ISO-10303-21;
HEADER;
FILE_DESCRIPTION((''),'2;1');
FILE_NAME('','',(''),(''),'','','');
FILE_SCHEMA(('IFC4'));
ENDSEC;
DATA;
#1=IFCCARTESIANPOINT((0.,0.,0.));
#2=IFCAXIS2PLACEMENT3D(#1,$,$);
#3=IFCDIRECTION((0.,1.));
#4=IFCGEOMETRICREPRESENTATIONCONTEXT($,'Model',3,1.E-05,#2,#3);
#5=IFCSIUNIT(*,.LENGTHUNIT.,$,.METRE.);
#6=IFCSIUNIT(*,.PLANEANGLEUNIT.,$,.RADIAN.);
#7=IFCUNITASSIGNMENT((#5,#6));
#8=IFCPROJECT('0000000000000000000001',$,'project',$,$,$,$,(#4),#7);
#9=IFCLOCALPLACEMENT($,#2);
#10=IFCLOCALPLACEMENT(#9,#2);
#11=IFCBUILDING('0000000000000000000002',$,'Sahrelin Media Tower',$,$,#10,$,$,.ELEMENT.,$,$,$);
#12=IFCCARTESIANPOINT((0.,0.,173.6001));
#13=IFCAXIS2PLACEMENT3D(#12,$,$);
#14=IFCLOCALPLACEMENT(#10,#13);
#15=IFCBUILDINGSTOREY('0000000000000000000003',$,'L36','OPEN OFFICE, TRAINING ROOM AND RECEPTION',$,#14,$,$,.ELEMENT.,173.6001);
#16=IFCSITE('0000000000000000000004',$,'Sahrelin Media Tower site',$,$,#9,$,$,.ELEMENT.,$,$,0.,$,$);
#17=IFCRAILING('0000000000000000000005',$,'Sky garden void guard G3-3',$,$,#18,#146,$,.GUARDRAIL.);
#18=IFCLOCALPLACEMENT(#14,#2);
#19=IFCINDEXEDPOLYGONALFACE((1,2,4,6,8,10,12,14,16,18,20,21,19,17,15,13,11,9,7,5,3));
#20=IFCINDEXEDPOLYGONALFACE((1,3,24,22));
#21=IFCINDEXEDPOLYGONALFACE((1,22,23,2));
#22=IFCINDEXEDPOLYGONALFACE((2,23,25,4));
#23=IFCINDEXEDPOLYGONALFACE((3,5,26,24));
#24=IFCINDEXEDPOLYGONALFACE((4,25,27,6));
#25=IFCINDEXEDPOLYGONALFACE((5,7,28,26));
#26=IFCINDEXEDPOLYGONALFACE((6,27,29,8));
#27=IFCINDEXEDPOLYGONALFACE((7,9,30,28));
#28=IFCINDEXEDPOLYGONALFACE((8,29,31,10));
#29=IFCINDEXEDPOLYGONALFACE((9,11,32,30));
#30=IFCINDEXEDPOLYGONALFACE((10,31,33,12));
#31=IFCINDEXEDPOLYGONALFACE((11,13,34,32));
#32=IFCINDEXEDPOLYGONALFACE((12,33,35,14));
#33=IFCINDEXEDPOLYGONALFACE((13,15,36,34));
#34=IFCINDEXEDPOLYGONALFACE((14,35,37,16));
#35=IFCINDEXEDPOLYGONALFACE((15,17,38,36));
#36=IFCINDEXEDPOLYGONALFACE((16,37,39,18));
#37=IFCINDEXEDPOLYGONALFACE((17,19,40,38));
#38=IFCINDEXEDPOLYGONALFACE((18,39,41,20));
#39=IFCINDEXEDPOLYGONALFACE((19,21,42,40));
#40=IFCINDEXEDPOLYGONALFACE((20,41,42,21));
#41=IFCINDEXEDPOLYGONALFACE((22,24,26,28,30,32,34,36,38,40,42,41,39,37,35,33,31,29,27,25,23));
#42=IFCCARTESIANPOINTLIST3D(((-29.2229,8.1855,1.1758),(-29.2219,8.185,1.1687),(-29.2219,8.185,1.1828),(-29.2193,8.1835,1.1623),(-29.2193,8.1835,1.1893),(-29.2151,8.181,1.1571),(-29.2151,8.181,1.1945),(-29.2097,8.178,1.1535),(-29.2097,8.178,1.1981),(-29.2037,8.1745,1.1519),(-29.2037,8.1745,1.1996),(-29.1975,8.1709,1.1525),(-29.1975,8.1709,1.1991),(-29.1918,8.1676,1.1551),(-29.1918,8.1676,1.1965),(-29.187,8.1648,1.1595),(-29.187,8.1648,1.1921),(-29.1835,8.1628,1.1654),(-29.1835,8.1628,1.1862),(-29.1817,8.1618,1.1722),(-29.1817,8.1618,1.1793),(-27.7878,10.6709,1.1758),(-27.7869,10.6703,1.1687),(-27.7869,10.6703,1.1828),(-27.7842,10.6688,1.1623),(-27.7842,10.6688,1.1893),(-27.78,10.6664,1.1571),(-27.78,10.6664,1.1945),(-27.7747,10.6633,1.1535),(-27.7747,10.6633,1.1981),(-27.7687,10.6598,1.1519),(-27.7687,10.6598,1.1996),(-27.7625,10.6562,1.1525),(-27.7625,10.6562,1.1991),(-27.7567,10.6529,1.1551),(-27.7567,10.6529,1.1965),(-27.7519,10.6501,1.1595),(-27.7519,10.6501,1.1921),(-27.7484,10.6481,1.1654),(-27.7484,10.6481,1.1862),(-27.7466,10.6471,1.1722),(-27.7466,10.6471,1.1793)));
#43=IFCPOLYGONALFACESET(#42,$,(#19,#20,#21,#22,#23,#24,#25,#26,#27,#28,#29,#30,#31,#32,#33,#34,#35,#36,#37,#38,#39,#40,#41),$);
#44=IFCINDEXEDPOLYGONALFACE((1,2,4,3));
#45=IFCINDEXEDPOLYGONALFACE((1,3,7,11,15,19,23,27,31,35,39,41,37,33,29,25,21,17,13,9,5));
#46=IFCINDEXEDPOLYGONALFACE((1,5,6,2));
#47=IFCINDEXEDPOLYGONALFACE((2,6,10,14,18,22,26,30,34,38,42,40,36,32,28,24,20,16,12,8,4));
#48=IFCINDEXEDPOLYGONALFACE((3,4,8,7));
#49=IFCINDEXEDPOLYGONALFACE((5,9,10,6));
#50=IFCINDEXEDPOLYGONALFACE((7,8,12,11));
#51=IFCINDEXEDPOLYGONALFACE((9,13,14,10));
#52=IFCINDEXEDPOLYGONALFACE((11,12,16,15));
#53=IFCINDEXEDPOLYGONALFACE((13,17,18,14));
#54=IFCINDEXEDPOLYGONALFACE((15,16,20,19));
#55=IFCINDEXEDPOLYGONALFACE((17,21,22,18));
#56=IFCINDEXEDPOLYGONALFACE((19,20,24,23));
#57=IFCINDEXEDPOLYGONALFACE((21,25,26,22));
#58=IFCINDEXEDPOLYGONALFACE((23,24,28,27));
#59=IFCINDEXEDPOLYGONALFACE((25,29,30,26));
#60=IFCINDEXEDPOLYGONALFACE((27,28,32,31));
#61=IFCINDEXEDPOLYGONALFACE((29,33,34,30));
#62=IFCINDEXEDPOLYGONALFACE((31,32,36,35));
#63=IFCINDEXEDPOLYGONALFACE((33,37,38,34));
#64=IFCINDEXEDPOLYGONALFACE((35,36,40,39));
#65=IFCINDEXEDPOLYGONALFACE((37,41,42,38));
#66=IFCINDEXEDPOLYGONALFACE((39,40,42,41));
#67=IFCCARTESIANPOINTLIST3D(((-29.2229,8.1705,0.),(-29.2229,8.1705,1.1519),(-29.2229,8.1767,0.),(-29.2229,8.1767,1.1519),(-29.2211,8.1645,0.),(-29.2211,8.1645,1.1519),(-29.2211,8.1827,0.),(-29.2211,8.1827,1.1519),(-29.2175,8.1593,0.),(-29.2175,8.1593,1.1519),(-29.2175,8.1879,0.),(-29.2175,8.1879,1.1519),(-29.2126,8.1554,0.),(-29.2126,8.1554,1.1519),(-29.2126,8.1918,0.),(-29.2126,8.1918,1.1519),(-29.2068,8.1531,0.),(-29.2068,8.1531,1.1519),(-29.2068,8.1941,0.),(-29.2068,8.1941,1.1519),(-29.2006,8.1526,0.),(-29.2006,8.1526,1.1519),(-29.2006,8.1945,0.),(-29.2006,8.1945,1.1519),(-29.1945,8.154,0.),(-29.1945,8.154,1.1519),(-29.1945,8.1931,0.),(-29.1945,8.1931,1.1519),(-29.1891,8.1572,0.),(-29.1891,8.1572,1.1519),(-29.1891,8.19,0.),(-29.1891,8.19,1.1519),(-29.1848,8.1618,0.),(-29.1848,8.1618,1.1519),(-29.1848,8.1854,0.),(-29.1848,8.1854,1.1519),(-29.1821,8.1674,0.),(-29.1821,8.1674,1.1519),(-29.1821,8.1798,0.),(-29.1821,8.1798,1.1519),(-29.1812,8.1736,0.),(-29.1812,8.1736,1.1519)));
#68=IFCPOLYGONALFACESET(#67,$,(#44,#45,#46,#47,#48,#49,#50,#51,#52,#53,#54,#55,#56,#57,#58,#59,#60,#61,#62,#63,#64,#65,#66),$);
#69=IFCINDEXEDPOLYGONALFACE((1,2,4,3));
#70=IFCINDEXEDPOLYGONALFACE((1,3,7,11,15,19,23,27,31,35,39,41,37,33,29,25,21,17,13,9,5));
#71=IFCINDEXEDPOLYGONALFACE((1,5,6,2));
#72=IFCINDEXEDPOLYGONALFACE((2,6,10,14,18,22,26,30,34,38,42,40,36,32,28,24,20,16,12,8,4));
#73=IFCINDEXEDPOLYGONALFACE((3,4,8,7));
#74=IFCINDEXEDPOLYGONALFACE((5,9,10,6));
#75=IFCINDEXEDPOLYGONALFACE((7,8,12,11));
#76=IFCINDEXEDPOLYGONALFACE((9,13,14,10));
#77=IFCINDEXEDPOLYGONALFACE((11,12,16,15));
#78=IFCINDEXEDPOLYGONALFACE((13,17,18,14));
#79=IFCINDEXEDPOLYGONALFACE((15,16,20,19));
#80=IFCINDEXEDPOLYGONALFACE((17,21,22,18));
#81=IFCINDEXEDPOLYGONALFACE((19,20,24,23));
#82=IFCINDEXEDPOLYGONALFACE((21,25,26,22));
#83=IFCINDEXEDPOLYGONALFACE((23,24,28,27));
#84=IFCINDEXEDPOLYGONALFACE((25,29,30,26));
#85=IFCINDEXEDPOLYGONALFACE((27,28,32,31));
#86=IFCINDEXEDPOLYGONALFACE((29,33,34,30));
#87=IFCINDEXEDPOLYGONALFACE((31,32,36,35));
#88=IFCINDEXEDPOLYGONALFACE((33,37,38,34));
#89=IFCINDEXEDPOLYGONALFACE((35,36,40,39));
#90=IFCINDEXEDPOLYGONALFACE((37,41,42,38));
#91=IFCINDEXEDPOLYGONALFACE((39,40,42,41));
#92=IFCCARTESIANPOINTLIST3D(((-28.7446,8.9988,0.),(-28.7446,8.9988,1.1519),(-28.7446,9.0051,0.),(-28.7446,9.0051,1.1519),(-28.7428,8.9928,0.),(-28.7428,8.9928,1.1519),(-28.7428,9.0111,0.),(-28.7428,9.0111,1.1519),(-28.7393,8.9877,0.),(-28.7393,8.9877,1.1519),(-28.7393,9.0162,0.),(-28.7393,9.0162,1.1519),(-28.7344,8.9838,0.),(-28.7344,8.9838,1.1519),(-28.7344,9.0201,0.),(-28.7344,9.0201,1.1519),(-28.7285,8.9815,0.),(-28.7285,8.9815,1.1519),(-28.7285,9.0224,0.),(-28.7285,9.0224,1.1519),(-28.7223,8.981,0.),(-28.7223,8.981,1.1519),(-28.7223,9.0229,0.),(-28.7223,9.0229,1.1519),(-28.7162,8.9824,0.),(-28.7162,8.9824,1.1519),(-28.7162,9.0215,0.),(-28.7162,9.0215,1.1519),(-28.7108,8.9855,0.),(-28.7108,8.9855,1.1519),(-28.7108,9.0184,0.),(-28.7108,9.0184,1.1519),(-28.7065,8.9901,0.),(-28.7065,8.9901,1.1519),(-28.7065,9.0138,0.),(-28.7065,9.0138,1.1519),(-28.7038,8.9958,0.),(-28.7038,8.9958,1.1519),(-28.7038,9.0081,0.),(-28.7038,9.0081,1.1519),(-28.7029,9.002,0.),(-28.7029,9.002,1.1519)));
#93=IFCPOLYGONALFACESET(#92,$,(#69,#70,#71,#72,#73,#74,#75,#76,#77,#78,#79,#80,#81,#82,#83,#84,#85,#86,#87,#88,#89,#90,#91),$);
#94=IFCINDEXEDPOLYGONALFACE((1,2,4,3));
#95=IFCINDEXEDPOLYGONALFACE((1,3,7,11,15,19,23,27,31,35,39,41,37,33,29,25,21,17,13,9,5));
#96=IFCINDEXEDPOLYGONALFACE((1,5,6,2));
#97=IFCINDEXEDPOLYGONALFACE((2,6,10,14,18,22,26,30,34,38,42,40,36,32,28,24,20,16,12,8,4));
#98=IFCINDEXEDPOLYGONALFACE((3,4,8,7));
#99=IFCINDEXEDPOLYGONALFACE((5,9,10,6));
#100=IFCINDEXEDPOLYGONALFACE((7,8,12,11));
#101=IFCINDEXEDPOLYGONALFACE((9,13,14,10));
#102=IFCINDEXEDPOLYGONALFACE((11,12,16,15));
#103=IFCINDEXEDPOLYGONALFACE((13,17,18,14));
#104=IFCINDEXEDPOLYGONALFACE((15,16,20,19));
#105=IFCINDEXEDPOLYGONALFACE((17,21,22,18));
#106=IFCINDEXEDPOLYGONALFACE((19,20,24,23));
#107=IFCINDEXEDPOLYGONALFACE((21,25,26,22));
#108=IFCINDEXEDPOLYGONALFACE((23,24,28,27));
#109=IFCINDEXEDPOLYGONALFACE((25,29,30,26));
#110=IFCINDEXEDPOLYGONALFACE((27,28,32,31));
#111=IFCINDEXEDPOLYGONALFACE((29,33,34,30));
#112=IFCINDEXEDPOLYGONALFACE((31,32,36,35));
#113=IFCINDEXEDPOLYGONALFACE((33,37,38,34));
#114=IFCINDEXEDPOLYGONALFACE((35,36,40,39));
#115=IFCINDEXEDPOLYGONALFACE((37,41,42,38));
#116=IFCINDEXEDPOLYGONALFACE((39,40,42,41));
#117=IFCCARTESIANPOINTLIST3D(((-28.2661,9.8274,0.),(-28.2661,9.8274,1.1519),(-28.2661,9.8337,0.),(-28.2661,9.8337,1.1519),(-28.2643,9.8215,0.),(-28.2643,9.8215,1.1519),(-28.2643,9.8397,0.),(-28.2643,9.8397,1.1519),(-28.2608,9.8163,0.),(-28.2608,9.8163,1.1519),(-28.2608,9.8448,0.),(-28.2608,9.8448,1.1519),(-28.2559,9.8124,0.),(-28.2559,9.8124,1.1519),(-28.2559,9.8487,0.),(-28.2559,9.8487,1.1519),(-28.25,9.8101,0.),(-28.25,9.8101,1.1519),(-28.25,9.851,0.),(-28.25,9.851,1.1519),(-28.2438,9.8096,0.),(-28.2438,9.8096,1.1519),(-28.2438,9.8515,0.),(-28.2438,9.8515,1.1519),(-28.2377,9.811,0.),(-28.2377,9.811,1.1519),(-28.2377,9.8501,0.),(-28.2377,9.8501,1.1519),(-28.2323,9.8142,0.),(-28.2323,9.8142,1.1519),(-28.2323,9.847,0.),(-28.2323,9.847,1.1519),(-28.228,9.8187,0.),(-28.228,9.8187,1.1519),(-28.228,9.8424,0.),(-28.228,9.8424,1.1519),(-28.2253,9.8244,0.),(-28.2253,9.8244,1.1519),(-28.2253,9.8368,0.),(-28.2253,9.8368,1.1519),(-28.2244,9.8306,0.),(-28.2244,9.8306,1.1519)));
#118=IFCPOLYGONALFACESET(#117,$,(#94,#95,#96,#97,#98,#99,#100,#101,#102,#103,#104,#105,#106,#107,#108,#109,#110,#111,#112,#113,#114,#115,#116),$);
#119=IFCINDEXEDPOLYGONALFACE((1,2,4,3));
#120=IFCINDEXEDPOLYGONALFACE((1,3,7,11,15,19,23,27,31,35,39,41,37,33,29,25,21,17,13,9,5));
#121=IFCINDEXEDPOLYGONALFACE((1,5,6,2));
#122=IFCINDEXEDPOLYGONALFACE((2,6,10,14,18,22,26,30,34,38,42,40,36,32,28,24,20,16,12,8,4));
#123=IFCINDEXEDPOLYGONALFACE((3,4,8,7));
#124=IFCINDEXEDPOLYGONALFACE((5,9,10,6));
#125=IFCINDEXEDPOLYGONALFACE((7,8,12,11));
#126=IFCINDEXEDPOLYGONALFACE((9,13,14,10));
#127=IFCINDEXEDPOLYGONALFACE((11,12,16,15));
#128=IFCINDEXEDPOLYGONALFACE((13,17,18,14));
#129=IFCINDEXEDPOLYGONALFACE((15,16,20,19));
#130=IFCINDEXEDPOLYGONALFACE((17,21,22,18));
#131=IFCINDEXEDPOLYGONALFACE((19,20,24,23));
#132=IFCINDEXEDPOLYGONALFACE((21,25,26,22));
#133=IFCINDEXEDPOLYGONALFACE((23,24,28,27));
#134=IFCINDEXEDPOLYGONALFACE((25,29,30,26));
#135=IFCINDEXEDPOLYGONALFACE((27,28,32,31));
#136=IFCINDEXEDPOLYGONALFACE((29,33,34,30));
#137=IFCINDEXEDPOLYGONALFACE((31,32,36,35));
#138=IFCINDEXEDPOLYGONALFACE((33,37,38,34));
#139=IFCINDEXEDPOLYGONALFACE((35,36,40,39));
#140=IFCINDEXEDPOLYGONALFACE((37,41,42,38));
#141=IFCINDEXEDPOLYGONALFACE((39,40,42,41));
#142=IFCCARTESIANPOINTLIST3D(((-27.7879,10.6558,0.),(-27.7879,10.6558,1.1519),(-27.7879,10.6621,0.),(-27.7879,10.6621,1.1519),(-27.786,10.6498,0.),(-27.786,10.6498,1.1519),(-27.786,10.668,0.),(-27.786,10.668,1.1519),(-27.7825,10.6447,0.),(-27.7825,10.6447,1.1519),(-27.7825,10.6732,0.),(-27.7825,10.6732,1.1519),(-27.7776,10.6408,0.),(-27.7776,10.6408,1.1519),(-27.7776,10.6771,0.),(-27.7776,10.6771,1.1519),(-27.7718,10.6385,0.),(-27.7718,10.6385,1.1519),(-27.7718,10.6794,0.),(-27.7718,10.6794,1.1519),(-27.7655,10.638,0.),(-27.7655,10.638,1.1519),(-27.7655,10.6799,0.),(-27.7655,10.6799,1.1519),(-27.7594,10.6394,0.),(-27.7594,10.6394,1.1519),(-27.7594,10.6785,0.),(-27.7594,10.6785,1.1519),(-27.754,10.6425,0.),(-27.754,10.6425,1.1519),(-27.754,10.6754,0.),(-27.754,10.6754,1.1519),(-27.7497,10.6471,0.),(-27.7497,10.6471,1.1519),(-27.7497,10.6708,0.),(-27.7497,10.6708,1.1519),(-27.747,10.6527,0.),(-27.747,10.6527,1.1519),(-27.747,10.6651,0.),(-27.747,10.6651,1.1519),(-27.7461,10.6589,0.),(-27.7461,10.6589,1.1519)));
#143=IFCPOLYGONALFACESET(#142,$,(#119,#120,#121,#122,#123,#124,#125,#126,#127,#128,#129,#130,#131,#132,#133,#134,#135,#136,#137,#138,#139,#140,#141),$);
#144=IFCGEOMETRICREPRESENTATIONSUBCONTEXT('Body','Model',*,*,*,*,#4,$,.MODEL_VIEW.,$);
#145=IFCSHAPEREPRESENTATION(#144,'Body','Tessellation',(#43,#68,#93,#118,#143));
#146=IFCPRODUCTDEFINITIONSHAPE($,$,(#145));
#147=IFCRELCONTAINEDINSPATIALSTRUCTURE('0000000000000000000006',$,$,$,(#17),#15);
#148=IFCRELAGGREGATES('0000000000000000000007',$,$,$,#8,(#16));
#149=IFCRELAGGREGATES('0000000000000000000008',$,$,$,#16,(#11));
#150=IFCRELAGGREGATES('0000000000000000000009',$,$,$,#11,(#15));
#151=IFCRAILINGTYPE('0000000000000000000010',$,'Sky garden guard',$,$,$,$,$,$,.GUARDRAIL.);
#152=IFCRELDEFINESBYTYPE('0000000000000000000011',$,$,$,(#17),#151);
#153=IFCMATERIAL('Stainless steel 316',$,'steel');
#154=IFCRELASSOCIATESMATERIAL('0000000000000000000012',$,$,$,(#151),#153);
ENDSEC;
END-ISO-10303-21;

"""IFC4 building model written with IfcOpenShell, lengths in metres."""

from ifc_helpers import new_model, si_unit, direction, frame, origin, origin_2d, place, context, subcontext, project, spatial, circle, extrude, material, type_object, element, save


model = new_model("IFC4")

# Units and contexts
model_context = context("Model", 3, precision=1e-05, world=origin(), true_north=direction((0.0, 1.0)))
body_context = subcontext(model_context, "Body", "Model", "MODEL_VIEW")
ifc_project = project(units=[si_unit("LENGTHUNIT", "METRE"), si_unit("PLANEANGLEUNIT", "RADIAN")], contexts=[model_context])

# Site, building, storey
site_placement = place(None, origin())
site = spatial("IfcSite", under=ifc_project, at=site_placement, Name="Sahrelin Media Tower site", CompositionType="ELEMENT", RefElevation=0.0)
building_placement = place(site_placement, origin())
building = spatial("IfcBuilding", under=site, at=building_placement, Name="Sahrelin Media Tower", CompositionType="ELEMENT")
storey_placement = place(building_placement, frame((0.0, 0.0, 173.6001)))
storey = spatial("IfcBuildingStorey", under=building, at=storey_placement, Name="L36", Description="OPEN OFFICE, TRAINING ROOM AND RECEPTION", CompositionType="ELEMENT", Elevation=173.6001)

# Railing
ifc_material_1 = material(Name="Stainless steel 316", Category="steel")
railing_type = type_object("IfcRailingType", Name="Sky garden guard", PredefinedType="GUARDRAIL", material=ifc_material_1)
railing_1_placement = place(storey_placement, frame((-29.2021, 8.1736, 0.0)))
element("IfcRailing", 1, at=railing_1_placement, inside=storey, type_object=railing_type, Name="Sky garden void guard G3-3", PredefinedType="GUARDRAIL", context=body_context, shape_type="SweptSolid", body=[
    extrude(circle(Radius=0.0239, at=origin_2d()), frame((0.0, 0.0, 1.1758), z_axis=(0.500037, 0.866004, 0.0), x_axis=(-0.866004, 0.500037, 0.0)), (0.0, 0.0, 1.0), 2.8699),
    extrude(circle(Radius=0.021, at=origin_2d()), origin(), (0.0, 0.0, 1.0), 1.1519),
    extrude(circle(Radius=0.021, at=origin_2d()), frame((0.4783, 0.8284, 0.0)), (0.0, 0.0, 1.0), 1.1519),
    extrude(circle(Radius=0.021, at=origin_2d()), frame((0.9568, 1.657, 0.0)), (0.0, 0.0, 1.0), 1.1519),
    extrude(circle(Radius=0.021, at=origin_2d()), frame((1.4351, 2.4854, 0.0)), (0.0, 0.0, 1.0), 1.1519),
])

save(model, "model.ifc")
